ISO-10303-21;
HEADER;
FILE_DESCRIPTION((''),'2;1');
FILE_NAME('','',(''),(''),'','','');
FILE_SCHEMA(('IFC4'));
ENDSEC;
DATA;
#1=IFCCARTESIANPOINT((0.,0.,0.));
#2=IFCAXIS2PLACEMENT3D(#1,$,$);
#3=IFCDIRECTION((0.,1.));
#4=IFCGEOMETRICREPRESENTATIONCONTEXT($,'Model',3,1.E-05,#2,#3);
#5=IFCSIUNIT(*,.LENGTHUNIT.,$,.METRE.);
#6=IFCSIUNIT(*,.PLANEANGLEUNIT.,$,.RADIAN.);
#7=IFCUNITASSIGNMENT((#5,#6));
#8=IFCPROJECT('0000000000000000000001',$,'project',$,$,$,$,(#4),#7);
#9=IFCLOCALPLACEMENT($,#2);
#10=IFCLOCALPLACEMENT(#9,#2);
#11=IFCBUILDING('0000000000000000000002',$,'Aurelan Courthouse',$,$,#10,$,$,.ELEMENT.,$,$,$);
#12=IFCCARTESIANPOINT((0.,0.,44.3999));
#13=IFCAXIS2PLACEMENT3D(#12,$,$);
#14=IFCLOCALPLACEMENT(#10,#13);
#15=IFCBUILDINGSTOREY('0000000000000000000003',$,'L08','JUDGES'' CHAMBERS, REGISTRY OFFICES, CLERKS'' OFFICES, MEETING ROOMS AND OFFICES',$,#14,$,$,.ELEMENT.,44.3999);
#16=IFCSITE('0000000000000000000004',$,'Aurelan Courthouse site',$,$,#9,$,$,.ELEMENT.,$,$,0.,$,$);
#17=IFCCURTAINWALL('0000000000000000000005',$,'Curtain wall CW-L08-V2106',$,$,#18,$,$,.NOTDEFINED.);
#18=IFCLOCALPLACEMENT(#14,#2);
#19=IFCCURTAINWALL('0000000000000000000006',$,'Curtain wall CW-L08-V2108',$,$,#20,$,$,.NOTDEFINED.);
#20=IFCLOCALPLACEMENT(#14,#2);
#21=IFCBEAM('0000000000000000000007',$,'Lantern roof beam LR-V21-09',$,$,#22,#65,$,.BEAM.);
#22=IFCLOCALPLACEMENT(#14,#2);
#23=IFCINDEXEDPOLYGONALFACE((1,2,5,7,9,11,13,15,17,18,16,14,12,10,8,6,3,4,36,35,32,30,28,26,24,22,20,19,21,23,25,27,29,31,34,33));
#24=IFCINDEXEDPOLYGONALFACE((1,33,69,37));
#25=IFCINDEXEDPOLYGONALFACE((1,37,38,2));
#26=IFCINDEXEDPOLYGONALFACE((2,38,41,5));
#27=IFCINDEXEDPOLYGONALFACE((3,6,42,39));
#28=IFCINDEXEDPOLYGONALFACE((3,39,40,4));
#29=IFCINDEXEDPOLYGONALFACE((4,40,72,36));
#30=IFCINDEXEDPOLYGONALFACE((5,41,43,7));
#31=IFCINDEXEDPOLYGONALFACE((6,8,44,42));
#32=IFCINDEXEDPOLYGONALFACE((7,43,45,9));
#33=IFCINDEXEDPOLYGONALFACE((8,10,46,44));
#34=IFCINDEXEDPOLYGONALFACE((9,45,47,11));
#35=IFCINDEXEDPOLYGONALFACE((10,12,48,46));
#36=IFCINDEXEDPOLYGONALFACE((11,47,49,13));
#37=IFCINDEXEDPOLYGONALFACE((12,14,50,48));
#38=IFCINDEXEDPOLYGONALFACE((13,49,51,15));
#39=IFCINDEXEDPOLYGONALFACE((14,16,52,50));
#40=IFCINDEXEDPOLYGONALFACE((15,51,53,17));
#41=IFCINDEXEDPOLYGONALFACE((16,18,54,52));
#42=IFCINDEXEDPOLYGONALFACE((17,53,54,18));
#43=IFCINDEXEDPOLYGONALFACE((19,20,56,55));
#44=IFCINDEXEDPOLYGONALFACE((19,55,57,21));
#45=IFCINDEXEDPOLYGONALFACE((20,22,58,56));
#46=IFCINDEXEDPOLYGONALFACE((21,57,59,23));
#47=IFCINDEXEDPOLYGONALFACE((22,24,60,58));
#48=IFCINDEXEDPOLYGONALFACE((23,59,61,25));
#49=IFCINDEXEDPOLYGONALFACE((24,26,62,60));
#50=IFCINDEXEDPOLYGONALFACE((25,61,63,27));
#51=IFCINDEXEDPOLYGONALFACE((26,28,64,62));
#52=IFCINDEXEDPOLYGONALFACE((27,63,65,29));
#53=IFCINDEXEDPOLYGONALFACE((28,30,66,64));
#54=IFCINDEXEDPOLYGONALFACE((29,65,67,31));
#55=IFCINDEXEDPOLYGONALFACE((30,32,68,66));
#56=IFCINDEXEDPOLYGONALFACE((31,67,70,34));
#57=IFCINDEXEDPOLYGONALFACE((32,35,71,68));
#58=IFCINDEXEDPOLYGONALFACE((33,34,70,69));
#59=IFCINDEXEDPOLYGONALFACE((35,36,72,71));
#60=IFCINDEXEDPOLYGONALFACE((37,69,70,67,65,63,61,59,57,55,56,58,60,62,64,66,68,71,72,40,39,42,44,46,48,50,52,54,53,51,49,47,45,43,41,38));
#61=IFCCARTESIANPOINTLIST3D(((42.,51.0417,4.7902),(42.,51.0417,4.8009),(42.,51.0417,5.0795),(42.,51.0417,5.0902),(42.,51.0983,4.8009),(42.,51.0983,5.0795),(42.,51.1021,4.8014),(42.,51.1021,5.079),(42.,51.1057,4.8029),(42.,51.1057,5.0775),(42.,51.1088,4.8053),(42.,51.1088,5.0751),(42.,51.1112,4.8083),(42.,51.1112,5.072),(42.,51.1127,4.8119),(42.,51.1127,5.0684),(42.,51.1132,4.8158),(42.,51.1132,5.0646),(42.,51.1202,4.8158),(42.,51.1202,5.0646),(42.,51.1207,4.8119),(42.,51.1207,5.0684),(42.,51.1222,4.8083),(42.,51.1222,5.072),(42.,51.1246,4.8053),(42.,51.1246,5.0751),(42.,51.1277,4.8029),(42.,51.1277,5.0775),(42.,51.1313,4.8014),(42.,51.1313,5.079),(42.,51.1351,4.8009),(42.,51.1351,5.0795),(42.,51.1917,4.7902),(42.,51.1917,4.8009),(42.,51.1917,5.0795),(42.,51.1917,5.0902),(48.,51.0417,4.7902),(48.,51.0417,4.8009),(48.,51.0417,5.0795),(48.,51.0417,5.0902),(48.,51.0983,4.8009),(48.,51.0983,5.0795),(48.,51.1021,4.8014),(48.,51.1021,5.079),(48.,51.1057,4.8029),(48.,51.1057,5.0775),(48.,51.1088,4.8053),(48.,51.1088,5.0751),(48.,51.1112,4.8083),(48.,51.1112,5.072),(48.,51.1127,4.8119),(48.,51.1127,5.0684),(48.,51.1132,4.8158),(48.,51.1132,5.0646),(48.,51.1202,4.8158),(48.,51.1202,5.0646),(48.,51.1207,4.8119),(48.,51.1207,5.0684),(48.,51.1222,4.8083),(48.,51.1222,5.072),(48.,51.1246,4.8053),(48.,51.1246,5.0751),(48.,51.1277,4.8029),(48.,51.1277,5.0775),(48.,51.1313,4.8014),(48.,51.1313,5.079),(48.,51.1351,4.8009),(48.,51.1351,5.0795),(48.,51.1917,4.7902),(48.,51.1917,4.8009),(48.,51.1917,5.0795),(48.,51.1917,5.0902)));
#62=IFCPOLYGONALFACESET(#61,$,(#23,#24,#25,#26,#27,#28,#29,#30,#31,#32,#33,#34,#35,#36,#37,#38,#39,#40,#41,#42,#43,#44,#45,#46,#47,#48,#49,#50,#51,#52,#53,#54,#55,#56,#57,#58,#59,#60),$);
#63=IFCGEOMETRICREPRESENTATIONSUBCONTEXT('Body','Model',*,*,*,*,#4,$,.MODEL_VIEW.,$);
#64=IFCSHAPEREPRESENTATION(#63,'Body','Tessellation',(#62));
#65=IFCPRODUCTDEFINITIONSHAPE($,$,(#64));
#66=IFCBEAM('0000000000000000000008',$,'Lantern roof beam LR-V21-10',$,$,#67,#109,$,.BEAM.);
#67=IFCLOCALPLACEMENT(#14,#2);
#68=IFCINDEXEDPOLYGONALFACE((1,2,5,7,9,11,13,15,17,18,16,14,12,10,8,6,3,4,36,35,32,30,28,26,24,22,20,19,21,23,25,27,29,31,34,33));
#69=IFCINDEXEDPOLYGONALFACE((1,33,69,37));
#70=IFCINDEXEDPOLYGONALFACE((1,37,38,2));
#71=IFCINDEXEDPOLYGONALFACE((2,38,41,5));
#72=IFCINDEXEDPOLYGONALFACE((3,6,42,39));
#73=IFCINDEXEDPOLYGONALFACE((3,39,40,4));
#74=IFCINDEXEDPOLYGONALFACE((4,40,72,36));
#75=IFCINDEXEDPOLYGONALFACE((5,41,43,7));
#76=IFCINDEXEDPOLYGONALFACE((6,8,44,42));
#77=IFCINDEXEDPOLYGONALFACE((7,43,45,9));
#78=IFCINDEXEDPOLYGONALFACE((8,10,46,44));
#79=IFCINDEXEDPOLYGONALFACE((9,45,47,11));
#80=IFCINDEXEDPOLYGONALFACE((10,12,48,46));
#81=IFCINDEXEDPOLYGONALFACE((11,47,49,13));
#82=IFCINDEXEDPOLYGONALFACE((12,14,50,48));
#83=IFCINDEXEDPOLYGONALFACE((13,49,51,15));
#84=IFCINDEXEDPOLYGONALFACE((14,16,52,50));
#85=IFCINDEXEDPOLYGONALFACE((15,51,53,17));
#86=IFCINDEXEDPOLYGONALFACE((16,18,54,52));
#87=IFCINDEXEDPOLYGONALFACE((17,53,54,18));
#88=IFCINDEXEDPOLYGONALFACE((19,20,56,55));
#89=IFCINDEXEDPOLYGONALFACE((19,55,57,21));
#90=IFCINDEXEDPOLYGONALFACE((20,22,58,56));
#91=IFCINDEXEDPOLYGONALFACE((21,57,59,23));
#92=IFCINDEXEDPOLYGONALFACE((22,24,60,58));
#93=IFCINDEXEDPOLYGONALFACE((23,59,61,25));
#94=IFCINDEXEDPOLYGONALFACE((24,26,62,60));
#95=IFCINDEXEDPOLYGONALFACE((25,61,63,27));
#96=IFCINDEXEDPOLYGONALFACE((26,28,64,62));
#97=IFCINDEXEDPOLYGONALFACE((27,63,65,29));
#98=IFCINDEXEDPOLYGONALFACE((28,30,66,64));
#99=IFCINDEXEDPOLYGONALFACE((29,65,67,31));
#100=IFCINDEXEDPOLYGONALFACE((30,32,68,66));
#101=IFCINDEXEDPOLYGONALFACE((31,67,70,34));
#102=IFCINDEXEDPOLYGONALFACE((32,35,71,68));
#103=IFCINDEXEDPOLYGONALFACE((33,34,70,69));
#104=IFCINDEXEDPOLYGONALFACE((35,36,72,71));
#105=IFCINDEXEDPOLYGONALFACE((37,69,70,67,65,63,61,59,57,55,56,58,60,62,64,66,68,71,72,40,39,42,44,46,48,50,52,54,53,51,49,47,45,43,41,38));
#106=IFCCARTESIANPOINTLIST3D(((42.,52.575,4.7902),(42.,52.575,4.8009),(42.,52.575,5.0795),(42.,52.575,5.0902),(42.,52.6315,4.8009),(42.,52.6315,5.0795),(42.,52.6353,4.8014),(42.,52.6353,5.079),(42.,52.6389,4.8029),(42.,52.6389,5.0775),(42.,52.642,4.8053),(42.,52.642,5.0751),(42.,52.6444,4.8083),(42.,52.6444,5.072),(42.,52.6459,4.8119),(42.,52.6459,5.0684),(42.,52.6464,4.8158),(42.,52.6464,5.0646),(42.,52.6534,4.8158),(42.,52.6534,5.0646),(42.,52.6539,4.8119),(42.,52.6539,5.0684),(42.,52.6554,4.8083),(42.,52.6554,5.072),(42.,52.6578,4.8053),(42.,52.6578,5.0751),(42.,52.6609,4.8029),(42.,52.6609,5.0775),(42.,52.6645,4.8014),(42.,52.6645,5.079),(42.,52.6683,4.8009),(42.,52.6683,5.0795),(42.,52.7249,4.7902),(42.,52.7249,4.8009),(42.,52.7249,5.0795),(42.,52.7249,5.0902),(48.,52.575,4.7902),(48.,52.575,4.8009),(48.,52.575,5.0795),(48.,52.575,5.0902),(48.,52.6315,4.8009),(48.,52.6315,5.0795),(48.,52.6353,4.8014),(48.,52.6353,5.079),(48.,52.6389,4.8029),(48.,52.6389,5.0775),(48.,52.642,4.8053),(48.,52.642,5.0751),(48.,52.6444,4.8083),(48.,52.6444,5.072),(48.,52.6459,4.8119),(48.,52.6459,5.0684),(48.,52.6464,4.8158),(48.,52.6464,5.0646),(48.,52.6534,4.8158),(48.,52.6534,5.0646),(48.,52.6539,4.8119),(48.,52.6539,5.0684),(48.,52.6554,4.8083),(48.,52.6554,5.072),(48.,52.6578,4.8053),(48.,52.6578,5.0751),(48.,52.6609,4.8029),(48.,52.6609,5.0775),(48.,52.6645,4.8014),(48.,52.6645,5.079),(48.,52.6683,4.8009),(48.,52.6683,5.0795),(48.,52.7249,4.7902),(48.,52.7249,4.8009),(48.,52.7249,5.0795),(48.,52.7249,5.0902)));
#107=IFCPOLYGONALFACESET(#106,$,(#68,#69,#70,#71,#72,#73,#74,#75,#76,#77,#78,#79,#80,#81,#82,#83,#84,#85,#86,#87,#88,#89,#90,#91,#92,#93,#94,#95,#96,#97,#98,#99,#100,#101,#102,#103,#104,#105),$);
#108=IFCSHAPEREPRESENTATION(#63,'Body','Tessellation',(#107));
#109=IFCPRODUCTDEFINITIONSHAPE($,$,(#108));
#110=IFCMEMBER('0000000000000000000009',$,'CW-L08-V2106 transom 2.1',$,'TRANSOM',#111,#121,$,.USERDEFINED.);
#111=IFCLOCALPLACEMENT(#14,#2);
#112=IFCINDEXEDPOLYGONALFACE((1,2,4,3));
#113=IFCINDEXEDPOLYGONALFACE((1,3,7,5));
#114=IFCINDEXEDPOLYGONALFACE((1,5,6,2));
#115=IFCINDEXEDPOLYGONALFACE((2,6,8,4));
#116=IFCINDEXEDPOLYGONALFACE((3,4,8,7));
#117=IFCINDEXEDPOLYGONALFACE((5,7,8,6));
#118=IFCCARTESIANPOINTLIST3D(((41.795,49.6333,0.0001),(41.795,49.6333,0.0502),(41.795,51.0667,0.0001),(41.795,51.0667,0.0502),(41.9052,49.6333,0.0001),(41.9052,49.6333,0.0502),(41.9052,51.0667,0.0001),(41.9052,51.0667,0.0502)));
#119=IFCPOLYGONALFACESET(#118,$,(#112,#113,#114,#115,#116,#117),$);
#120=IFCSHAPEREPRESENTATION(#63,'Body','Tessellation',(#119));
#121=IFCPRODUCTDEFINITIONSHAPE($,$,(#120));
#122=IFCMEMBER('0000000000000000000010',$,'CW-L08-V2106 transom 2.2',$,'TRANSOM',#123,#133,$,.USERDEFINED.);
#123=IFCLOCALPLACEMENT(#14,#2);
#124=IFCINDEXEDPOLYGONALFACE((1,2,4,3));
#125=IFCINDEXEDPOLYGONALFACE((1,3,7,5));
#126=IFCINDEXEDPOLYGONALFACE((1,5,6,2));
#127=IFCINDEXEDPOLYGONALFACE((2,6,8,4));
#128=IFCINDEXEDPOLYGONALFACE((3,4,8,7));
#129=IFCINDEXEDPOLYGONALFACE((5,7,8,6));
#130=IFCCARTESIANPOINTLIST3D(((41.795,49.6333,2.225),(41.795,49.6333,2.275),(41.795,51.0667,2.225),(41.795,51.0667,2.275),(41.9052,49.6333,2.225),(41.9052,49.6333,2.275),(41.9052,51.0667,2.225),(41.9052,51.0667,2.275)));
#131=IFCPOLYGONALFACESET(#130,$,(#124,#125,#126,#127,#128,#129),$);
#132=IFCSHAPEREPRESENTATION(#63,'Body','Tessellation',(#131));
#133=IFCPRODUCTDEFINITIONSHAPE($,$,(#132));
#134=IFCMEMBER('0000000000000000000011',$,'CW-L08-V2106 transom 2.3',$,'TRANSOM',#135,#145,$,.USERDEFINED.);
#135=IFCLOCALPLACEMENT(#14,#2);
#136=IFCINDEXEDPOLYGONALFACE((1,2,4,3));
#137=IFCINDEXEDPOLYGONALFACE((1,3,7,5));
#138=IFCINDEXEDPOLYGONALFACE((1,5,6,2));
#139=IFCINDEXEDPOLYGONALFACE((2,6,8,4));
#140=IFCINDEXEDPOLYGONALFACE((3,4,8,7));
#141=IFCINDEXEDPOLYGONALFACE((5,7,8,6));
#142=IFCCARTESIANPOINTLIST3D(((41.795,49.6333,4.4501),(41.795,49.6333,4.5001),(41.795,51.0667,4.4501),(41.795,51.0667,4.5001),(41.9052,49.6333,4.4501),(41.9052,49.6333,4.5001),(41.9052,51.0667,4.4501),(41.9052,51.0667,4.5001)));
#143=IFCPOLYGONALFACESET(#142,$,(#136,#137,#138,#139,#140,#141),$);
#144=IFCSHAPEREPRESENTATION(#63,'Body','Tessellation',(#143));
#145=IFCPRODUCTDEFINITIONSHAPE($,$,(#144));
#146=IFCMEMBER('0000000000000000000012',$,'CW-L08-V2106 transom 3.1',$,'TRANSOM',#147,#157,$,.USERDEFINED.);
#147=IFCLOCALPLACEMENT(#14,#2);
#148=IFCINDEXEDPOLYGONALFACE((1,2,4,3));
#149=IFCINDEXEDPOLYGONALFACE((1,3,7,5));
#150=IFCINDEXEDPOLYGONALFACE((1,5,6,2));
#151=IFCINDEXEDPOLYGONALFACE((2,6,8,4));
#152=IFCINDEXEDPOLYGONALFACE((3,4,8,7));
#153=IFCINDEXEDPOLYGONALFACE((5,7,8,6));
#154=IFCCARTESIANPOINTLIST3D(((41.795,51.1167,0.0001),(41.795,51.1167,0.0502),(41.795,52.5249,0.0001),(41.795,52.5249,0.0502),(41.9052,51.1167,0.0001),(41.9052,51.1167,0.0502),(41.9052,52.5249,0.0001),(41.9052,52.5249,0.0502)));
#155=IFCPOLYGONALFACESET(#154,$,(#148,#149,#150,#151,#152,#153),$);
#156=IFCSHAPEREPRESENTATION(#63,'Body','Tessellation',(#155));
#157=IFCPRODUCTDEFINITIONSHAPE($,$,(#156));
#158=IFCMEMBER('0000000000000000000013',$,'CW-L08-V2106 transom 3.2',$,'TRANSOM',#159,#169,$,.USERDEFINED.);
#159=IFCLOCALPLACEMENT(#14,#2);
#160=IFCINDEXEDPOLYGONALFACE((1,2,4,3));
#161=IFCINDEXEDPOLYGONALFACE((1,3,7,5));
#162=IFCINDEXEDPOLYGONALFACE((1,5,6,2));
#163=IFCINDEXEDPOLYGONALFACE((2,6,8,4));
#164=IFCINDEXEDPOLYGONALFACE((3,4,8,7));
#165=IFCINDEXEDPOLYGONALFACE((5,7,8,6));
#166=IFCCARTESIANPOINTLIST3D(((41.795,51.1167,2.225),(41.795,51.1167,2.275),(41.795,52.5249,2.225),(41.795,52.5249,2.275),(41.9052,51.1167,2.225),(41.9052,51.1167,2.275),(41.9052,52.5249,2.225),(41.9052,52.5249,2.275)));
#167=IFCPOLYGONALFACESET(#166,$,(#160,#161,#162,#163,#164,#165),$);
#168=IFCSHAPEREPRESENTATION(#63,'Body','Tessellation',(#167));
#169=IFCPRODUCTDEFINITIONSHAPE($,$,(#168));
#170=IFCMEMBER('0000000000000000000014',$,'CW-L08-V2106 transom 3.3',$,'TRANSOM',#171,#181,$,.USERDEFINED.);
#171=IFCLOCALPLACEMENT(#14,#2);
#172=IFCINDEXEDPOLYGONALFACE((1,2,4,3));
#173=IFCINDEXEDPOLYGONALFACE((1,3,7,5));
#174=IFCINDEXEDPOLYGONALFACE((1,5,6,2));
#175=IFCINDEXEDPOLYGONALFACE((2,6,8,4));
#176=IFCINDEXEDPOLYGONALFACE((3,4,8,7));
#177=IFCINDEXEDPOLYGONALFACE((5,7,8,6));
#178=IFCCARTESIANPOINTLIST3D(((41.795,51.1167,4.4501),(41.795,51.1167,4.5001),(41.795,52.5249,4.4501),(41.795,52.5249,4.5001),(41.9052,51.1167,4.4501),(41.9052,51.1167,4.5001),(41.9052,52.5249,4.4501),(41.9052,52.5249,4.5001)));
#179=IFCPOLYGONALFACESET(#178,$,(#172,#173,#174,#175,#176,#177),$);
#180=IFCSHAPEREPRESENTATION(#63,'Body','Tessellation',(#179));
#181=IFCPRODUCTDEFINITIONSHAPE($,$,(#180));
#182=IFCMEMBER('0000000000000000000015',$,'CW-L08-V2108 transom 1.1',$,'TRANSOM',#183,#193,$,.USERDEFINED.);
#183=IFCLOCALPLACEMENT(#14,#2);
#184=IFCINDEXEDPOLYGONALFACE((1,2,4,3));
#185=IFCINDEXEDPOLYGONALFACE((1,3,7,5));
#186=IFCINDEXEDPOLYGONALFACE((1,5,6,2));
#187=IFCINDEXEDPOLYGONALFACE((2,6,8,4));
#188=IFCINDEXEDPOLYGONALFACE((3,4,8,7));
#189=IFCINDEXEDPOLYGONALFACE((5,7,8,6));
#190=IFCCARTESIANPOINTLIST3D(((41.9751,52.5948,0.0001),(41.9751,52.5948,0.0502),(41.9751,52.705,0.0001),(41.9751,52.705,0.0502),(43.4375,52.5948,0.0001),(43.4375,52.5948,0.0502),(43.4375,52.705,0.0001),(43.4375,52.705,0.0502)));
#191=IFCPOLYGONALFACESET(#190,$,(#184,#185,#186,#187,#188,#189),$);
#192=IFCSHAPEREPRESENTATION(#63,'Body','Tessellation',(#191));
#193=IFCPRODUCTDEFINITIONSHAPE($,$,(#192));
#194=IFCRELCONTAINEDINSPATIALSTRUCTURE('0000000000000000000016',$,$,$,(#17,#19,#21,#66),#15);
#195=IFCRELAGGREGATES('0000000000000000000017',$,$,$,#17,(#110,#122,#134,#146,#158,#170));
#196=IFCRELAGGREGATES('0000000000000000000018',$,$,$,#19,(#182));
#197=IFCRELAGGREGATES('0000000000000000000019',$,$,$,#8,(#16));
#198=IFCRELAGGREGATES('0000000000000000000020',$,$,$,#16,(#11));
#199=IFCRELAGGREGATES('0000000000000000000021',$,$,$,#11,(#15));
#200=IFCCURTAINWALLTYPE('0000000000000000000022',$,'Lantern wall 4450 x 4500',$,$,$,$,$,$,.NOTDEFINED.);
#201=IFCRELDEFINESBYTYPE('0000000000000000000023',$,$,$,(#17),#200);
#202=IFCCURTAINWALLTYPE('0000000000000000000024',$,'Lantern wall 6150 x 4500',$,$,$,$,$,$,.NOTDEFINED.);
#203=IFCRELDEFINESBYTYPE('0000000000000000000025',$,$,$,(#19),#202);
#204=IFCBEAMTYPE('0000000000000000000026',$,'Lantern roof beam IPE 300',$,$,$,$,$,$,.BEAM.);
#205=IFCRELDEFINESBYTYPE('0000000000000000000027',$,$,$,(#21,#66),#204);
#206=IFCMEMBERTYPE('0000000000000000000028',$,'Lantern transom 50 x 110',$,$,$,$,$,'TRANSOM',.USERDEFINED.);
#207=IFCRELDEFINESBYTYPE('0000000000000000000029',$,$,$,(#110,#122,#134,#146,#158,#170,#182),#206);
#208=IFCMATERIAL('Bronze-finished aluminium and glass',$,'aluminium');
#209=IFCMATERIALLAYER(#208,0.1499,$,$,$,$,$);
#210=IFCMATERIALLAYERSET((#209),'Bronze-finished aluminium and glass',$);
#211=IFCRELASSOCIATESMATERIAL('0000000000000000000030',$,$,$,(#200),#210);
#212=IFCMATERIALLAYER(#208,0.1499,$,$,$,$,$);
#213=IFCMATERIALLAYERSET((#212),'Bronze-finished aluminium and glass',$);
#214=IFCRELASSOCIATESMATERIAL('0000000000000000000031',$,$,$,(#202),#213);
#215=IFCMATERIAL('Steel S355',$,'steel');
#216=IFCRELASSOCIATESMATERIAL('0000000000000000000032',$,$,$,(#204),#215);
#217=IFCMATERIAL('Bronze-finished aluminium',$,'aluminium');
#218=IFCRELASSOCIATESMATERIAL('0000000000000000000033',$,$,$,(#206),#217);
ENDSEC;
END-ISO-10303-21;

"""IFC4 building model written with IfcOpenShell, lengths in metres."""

from ifc_helpers import new_model, si_unit, direction, frame, origin, origin_2d, place, context, subcontext, project, spatial, rectangle, i_section, extrude, material, layer, layer_set, material_profile, profile_set, type_object, element, aggregate, save


model = new_model("IFC4")

# Units and contexts
model_context = context("Model", 3, precision=1e-05, world=origin(), true_north=direction((0.0, 1.0)))
body_context = subcontext(model_context, "Body", "Model", "MODEL_VIEW")
ifc_project = project(units=[si_unit("LENGTHUNIT", "METRE"), si_unit("PLANEANGLEUNIT", "RADIAN")], contexts=[model_context])

# Site, building, storey
site_placement = place(None, origin())
site = spatial("IfcSite", under=ifc_project, at=site_placement, Name="Aurelan Courthouse site", CompositionType="ELEMENT", RefElevation=0.0)
building_placement = place(site_placement, origin())
building = spatial("IfcBuilding", under=site, at=building_placement, Name="Aurelan Courthouse", CompositionType="ELEMENT")
storey_placement = place(building_placement, frame((0.0, 0.0, 44.3999)))
storey = spatial("IfcBuildingStorey", under=building, at=storey_placement, Name="L08", Description="JUDGES' CHAMBERS, REGISTRY OFFICES, CLERKS' OFFICES, MEETING ROOMS AND OFFICES", CompositionType="ELEMENT", Elevation=44.3999)

# Shared definitions
ifc_material_1 = material(Name="Steel S355", Category="steel")

# Curtain walls
ifc_material_2 = material(Name="Bronze-finished aluminium and glass", Category="aluminium")
ifc_layer_1 = layer(ifc_material_2, 0.1499)
ifc_layer_set_1 = layer_set([ifc_layer_1], Name="Bronze-finished aluminium and glass")
curtain_wall_type_1 = type_object("IfcCurtainWallType", Name="Lantern wall 4450 x 4500", PredefinedType="NOTDEFINED", material=ifc_layer_set_1)
curtain_wall_1_placement = place(storey_placement, origin())
curtain_wall_1 = element("IfcCurtainWall", 1, at=curtain_wall_1_placement, inside=storey, type_object=curtain_wall_type_1, Name="Curtain wall CW-L08-V2106", PredefinedType="NOTDEFINED")
ifc_material_3 = material(Name="Bronze-finished aluminium", Category="aluminium")
ifc_layer_2 = layer(ifc_material_2, 0.1499)
ifc_layer_set_2 = layer_set([ifc_layer_2], Name="Bronze-finished aluminium and glass")
curtain_wall_type_2 = type_object("IfcCurtainWallType", Name="Lantern wall 6150 x 4500", PredefinedType="NOTDEFINED", material=ifc_layer_set_2)
curtain_wall_2_placement = place(storey_placement, origin())
curtain_wall_2 = element("IfcCurtainWall", 2, at=curtain_wall_2_placement, inside=storey, type_object=curtain_wall_type_2, Name="Curtain wall CW-L08-V2108", PredefinedType="NOTDEFINED")

# Beams
ifc_material_profile_1 = material_profile(ifc_material_1, i_section(OverallWidth=0.1499, OverallDepth=0.3, WebThickness=0.0071, FlangeThickness=0.0107, FilletRadius=0.0149, at=origin_2d()), Name="IPE 300")
ifc_profile_set_1 = profile_set([ifc_material_profile_1], Name="Steel S355")
beam_type = type_object("IfcBeamType", Name="Lantern roof beam IPE 300", PredefinedType="BEAM", material=ifc_profile_set_1)
for number, where, z_axis, x_axis, name in (
    (3, (42.0, 51.1167, 4.9402), (1.0, 0.0, 0.0), (0.0, 1.0, 0.0), "Lantern roof beam LR-V21-09"),
    (4, (42.0, 52.6499, 4.9402), (1.0, 0.0, 0.0), (0.0, 1.0, 0.0), "Lantern roof beam LR-V21-10"),
):
    element("IfcBeam", number, at=place(storey_placement, frame(where, z_axis=z_axis, x_axis=x_axis)), inside=storey, type_object=beam_type, Name=name, PredefinedType="BEAM", context=body_context, shape_type="SweptSolid", body=[
        extrude(i_section(OverallWidth=0.1499, OverallDepth=0.3, WebThickness=0.0071, FlangeThickness=0.0107, FilletRadius=0.0149, at=origin_2d()), origin(), (0.0, 0.0, 1.0), 6.0),
    ])

# Members
ifc_material_profile_2 = material_profile(ifc_material_3, rectangle(XDim=0.1101, YDim=0.05, at=origin_2d()), Name="Lantern transom 50 x 110")
ifc_profile_set_2 = profile_set([ifc_material_profile_2], Name="Bronze-finished aluminium")
member_type_1 = type_object("IfcMemberType", Name="Lantern transom 50 x 110", ElementType="TRANSOM", PredefinedType="USERDEFINED", material=ifc_profile_set_2)
member_1_placement = place(storey_placement, frame((41.8501, 49.6333, 0.0251), z_axis=(0.0, 1.0, 0.0), x_axis=(-1.0, 0.0, 0.0)))
member_1 = element("IfcMember", 5, at=member_1_placement, type_object=member_type_1, Name="CW-L08-V2106 transom 2.1", ObjectType="TRANSOM", PredefinedType="USERDEFINED", context=body_context, shape_type="SweptSolid", body=[
    extrude(rectangle(XDim=0.1101, YDim=0.05, at=origin_2d()), origin(), (0.0, 0.0, 1.0), 1.4333),
])
member_2_placement = place(storey_placement, frame((41.8501, 49.6333, 2.25), z_axis=(0.0, 1.0, 0.0), x_axis=(-1.0, 0.0, 0.0)))
member_2 = element("IfcMember", 6, at=member_2_placement, type_object=member_type_1, Name="CW-L08-V2106 transom 2.2", ObjectType="TRANSOM", PredefinedType="USERDEFINED", context=body_context, shape_type="SweptSolid", body=[
    extrude(rectangle(XDim=0.1101, YDim=0.05, at=origin_2d()), origin(), (0.0, 0.0, 1.0), 1.4333),
])
member_3_placement = place(storey_placement, frame((41.8501, 49.6333, 4.4751), z_axis=(0.0, 1.0, 0.0), x_axis=(-1.0, 0.0, 0.0)))
member_3 = element("IfcMember", 7, at=member_3_placement, type_object=member_type_1, Name="CW-L08-V2106 transom 2.3", ObjectType="TRANSOM", PredefinedType="USERDEFINED", context=body_context, shape_type="SweptSolid", body=[
    extrude(rectangle(XDim=0.1101, YDim=0.05, at=origin_2d()), origin(), (0.0, 0.0, 1.0), 1.4333),
])
member_4_placement = place(storey_placement, frame((41.8501, 51.1167, 0.0251), z_axis=(0.0, 1.0, 0.0), x_axis=(-1.0, 0.0, 0.0)))
member_4 = element("IfcMember", 8, at=member_4_placement, type_object=member_type_1, Name="CW-L08-V2106 transom 3.1", ObjectType="TRANSOM", PredefinedType="USERDEFINED", context=body_context, shape_type="SweptSolid", body=[
    extrude(rectangle(XDim=0.1101, YDim=0.05, at=origin_2d()), origin(), (0.0, 0.0, 1.0), 1.4082),
])
member_5_placement = place(storey_placement, frame((41.8501, 51.1167, 2.25), z_axis=(0.0, 1.0, 0.0), x_axis=(-1.0, 0.0, 0.0)))
member_5 = element("IfcMember", 9, at=member_5_placement, type_object=member_type_1, Name="CW-L08-V2106 transom 3.2", ObjectType="TRANSOM", PredefinedType="USERDEFINED", context=body_context, shape_type="SweptSolid", body=[
    extrude(rectangle(XDim=0.1101, YDim=0.05, at=origin_2d()), origin(), (0.0, 0.0, 1.0), 1.4082),
])
member_6_placement = place(storey_placement, frame((41.8501, 51.1167, 4.4751), z_axis=(0.0, 1.0, 0.0), x_axis=(-1.0, 0.0, 0.0)))
member_6 = element("IfcMember", 10, at=member_6_placement, type_object=member_type_1, Name="CW-L08-V2106 transom 3.3", ObjectType="TRANSOM", PredefinedType="USERDEFINED", context=body_context, shape_type="SweptSolid", body=[
    extrude(rectangle(XDim=0.1101, YDim=0.05, at=origin_2d()), origin(), (0.0, 0.0, 1.0), 1.4082),
])
member_7_placement = place(storey_placement, frame((41.9751, 52.6499, 0.0251), z_axis=(1.0, 0.0, 0.0), x_axis=(0.0, 1.0, 0.0)))
member_7 = element("IfcMember", 11, at=member_7_placement, type_object=member_type_1, Name="CW-L08-V2108 transom 1.1", ObjectType="TRANSOM", PredefinedType="USERDEFINED", context=body_context, shape_type="SweptSolid", body=[
    extrude(rectangle(XDim=0.1101, YDim=0.05, at=origin_2d()), origin(), (0.0, 0.0, 1.0), 1.4624),
])

aggregate(curtain_wall_1, [member_1, member_2, member_3, member_4, member_5, member_6])
aggregate(curtain_wall_2, [member_7])

save(model, "model.ifc")
